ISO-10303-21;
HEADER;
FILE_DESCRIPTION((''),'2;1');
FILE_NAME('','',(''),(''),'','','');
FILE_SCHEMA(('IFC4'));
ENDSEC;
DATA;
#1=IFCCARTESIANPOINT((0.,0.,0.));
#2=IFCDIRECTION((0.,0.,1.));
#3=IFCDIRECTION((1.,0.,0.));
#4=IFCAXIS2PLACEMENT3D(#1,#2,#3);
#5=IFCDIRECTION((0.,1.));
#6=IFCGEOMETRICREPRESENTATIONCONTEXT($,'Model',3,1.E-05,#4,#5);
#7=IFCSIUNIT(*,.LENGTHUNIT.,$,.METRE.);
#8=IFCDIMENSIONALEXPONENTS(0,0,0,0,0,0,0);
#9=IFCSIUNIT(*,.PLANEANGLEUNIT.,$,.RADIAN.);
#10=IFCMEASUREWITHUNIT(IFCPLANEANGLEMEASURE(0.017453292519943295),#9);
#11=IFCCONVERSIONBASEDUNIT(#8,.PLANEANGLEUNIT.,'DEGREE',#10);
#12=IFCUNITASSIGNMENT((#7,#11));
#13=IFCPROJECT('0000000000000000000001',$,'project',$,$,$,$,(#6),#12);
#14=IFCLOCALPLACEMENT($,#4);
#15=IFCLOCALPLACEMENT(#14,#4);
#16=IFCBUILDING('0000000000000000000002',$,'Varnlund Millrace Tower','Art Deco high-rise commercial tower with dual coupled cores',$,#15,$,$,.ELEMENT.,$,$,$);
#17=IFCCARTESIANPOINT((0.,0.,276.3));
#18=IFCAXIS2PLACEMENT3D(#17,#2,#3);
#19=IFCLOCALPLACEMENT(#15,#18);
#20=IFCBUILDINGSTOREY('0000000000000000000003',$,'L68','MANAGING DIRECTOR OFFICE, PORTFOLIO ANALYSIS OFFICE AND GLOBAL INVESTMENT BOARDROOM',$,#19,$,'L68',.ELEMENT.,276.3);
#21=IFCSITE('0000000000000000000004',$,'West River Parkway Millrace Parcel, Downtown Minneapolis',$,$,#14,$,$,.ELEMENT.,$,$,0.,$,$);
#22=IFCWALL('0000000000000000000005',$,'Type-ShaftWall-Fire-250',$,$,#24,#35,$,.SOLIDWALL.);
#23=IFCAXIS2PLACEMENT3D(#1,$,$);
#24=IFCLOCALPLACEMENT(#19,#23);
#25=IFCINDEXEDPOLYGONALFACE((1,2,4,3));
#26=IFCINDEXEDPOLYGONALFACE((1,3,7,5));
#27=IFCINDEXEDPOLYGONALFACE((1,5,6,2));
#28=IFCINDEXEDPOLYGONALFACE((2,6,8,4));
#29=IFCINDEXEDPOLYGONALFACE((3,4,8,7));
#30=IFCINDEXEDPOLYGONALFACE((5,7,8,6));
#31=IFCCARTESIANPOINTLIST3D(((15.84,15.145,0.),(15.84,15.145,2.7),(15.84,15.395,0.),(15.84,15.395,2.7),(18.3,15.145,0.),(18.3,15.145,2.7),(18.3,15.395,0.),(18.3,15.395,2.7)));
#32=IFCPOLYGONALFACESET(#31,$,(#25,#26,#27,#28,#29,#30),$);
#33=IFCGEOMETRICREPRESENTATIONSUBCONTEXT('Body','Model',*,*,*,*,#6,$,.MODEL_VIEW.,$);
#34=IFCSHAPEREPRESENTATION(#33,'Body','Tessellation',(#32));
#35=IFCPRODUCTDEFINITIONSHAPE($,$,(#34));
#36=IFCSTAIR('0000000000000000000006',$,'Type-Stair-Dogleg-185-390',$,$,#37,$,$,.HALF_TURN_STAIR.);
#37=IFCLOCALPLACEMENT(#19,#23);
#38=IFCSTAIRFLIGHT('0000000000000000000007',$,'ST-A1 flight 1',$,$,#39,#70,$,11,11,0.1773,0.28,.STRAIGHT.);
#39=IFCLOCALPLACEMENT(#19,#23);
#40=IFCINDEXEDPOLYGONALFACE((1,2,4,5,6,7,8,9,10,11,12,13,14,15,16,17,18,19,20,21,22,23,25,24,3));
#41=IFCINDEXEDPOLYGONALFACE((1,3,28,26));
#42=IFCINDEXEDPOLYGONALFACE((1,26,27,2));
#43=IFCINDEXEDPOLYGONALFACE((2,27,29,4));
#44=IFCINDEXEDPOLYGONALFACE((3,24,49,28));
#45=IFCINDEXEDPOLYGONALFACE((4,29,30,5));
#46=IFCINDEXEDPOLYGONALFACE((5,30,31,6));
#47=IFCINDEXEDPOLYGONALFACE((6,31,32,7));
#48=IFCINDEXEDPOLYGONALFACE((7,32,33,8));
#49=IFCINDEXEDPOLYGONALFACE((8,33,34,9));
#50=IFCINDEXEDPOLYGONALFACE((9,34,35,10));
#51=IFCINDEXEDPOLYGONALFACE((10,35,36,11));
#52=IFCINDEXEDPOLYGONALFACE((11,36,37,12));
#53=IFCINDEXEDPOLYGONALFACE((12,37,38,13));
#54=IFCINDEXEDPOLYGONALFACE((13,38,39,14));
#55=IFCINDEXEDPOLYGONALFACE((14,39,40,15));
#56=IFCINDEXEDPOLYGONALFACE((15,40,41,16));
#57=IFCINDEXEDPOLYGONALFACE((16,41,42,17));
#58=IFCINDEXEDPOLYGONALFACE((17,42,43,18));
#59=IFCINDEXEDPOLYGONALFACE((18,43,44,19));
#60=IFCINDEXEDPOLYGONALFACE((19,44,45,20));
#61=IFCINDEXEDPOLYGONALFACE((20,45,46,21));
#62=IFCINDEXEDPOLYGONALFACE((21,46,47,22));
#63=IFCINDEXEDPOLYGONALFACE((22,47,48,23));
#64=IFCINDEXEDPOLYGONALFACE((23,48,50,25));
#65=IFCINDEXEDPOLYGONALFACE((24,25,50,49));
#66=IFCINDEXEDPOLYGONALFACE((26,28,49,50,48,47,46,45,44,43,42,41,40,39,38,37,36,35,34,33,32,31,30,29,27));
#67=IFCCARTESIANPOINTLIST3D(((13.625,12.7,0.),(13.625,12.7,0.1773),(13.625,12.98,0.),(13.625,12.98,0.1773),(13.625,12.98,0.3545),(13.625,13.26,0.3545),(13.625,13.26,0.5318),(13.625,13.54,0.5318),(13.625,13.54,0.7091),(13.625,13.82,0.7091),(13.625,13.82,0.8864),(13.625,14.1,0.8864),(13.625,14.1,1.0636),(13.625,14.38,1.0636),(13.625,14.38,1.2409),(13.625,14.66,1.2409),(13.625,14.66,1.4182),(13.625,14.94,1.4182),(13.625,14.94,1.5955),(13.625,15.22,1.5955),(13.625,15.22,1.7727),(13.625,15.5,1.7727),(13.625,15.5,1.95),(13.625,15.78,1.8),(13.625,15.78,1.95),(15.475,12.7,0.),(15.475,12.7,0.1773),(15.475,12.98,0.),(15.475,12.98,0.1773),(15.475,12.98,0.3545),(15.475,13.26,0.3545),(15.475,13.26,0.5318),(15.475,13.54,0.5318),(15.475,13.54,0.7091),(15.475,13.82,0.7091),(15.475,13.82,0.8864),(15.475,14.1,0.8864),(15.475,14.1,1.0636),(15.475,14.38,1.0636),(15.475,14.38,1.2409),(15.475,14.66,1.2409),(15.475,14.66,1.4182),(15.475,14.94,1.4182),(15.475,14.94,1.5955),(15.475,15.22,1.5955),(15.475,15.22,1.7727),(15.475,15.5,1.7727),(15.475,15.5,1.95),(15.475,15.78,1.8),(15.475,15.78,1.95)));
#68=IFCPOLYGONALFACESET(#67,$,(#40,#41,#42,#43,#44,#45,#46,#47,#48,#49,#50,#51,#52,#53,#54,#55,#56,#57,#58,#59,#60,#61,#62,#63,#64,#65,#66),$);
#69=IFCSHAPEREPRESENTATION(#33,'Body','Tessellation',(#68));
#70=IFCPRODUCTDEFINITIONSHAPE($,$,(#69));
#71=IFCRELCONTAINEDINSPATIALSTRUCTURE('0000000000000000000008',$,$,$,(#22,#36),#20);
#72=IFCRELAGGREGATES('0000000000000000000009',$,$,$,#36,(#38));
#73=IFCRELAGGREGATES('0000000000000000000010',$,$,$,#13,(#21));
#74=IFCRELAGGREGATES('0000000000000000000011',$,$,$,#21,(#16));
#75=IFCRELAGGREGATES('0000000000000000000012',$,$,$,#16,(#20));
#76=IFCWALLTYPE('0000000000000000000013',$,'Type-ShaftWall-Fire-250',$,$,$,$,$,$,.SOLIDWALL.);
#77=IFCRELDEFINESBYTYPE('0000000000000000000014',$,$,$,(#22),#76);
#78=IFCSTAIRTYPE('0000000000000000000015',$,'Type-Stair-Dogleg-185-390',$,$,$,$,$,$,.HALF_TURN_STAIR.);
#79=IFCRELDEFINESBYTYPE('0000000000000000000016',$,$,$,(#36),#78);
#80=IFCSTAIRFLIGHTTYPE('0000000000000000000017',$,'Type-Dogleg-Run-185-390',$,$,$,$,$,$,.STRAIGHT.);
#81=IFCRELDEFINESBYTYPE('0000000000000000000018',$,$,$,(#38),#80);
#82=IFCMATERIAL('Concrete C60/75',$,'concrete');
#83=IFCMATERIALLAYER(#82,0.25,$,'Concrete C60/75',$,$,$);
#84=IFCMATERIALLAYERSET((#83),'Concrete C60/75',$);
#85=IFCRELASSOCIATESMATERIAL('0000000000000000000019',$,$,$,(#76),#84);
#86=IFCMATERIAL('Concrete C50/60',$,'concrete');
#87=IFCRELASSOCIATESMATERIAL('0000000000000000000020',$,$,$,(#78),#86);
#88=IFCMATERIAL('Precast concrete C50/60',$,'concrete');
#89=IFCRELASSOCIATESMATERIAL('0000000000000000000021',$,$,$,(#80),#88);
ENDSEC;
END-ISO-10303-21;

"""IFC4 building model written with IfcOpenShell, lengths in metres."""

from ifc_helpers import new_model, entity, si_unit, converted_unit, direction, frame, origin_with_axes, place, context, subcontext, project, spatial, polyline, outline, extrude, material, layer, layer_set, type_object, element, aggregate, save


model = new_model("IFC4")

# Units and contexts
model_context = context("Model", 3, precision=1e-05, world=origin_with_axes(), true_north=direction((0.0, 1.0)))
body_context = subcontext(model_context, "Body", "Model", "MODEL_VIEW")
ifc_project = project(units=[si_unit("LENGTHUNIT", "METRE"), converted_unit("PLANEANGLEUNIT", "DEGREE", entity("IfcPlaneAngleMeasure", 0.017453292519943295), si_unit("PLANEANGLEUNIT", "RADIAN"), dimensions=[0, 0, 0, 0, 0, 0, 0])], contexts=[model_context])

# Site, building, storey
site_placement = place(None, origin_with_axes())
site = spatial("IfcSite", under=ifc_project, at=site_placement, Name="West River Parkway Millrace Parcel, Downtown Minneapolis", CompositionType="ELEMENT", RefElevation=0.0)
building_placement = place(site_placement, origin_with_axes())
building = spatial("IfcBuilding", under=site, at=building_placement, Name="Varnlund Millrace Tower", Description="Art Deco high-rise commercial tower with dual coupled cores", CompositionType="ELEMENT")
storey_placement = place(building_placement, frame((0.0, 0.0, 276.3), z_axis=(0.0, 0.0, 1.0), x_axis=(1.0, 0.0, 0.0)))
storey = spatial("IfcBuildingStorey", under=building, at=storey_placement, Name="L68", Description="MANAGING DIRECTOR OFFICE, PORTFOLIO ANALYSIS OFFICE AND GLOBAL INVESTMENT BOARDROOM", LongName="L68", CompositionType="ELEMENT", Elevation=276.3)

# Shared definitions
ifc_material_1 = material(Name="Concrete C60/75", Category="concrete")

# Wall
ifc_layer_1 = layer(ifc_material_1, 0.25, Name="Concrete C60/75")
ifc_layer_set_1 = layer_set([ifc_layer_1], Name="Concrete C60/75")
wall_type_1 = type_object("IfcWallType", Name="Type-ShaftWall-Fire-250", PredefinedType="SOLIDWALL", material=ifc_layer_set_1)
for number, where, z_axis, x_axis, name in (
    (1, (15.84, 15.27, 0.0), (0.0, 0.0, 1.0), (1.0, 0.0, 0.0), "Type-ShaftWall-Fire-250"),
):
    element("IfcWall", number, at=place(storey_placement, frame(where, z_axis=z_axis, x_axis=x_axis)), inside=storey, type_object=wall_type_1, Name=name, PredefinedType="SOLIDWALL", context=body_context, shape_type="SweptSolid", body=[
        extrude(outline(polyline([(0.0, -0.125), (2.46, -0.125), (2.46, 0.125), (0.0, 0.125), (0.0, -0.125)])), origin_with_axes(), (0.0, 0.0, 1.0), 2.7),
    ])

# Stair, stair flight
ifc_material_2 = material(Name="Concrete C50/60", Category="concrete")
stair_type = type_object("IfcStairType", Name="Type-Stair-Dogleg-185-390", PredefinedType="HALF_TURN_STAIR", material=ifc_material_2)
stair_placement = place(storey_placement, origin_with_axes())
stair = element("IfcStair", 2, at=stair_placement, inside=storey, type_object=stair_type, Name="Type-Stair-Dogleg-185-390", PredefinedType="HALF_TURN_STAIR")
ifc_material_3 = material(Name="Precast concrete C50/60", Category="concrete")
stair_flight_type = type_object("IfcStairFlightType", Name="Type-Dogleg-Run-185-390", PredefinedType="STRAIGHT", material=ifc_material_3)
stair_flight_placement = place(storey_placement, frame((13.625, 12.7, 0.0), z_axis=(1.0, 0.0, 0.0), x_axis=(0.0, 1.0, 0.0)))
stair_flight = element("IfcStairFlight", 3, at=stair_flight_placement, type_object=stair_flight_type, Name="ST-A1 flight 1", NumberOfRisers=11, NumberOfTreads=11, PredefinedType="STRAIGHT", RiserHeight=0.1773, TreadLength=0.28, context=body_context, shape_type="SweptSolid", body=[
    extrude(outline(polyline([(0.0, 0.0), (0.0, 0.1773), (0.28, 0.1773), (0.28, 0.3545), (0.56, 0.3545), (0.56, 0.5318), (0.84, 0.5318), (0.84, 0.7091), (1.12, 0.7091), (1.12, 0.8864), (1.4, 0.8864), (1.4, 1.0636), (1.68, 1.0636), (1.68, 1.2409), (1.96, 1.2409), (1.96, 1.4182), (2.24, 1.4182), (2.24, 1.5955), (2.52, 1.5955), (2.52, 1.7727), (2.8, 1.7727), (2.8, 1.95), (3.08, 1.95), (3.08, 1.8), (0.28, 0.0), (0.0, 0.0)])), origin_with_axes(), (0.0, 0.0, 1.0), 1.85),
])
aggregate(stair, [stair_flight])

save(model, "model.ifc")
